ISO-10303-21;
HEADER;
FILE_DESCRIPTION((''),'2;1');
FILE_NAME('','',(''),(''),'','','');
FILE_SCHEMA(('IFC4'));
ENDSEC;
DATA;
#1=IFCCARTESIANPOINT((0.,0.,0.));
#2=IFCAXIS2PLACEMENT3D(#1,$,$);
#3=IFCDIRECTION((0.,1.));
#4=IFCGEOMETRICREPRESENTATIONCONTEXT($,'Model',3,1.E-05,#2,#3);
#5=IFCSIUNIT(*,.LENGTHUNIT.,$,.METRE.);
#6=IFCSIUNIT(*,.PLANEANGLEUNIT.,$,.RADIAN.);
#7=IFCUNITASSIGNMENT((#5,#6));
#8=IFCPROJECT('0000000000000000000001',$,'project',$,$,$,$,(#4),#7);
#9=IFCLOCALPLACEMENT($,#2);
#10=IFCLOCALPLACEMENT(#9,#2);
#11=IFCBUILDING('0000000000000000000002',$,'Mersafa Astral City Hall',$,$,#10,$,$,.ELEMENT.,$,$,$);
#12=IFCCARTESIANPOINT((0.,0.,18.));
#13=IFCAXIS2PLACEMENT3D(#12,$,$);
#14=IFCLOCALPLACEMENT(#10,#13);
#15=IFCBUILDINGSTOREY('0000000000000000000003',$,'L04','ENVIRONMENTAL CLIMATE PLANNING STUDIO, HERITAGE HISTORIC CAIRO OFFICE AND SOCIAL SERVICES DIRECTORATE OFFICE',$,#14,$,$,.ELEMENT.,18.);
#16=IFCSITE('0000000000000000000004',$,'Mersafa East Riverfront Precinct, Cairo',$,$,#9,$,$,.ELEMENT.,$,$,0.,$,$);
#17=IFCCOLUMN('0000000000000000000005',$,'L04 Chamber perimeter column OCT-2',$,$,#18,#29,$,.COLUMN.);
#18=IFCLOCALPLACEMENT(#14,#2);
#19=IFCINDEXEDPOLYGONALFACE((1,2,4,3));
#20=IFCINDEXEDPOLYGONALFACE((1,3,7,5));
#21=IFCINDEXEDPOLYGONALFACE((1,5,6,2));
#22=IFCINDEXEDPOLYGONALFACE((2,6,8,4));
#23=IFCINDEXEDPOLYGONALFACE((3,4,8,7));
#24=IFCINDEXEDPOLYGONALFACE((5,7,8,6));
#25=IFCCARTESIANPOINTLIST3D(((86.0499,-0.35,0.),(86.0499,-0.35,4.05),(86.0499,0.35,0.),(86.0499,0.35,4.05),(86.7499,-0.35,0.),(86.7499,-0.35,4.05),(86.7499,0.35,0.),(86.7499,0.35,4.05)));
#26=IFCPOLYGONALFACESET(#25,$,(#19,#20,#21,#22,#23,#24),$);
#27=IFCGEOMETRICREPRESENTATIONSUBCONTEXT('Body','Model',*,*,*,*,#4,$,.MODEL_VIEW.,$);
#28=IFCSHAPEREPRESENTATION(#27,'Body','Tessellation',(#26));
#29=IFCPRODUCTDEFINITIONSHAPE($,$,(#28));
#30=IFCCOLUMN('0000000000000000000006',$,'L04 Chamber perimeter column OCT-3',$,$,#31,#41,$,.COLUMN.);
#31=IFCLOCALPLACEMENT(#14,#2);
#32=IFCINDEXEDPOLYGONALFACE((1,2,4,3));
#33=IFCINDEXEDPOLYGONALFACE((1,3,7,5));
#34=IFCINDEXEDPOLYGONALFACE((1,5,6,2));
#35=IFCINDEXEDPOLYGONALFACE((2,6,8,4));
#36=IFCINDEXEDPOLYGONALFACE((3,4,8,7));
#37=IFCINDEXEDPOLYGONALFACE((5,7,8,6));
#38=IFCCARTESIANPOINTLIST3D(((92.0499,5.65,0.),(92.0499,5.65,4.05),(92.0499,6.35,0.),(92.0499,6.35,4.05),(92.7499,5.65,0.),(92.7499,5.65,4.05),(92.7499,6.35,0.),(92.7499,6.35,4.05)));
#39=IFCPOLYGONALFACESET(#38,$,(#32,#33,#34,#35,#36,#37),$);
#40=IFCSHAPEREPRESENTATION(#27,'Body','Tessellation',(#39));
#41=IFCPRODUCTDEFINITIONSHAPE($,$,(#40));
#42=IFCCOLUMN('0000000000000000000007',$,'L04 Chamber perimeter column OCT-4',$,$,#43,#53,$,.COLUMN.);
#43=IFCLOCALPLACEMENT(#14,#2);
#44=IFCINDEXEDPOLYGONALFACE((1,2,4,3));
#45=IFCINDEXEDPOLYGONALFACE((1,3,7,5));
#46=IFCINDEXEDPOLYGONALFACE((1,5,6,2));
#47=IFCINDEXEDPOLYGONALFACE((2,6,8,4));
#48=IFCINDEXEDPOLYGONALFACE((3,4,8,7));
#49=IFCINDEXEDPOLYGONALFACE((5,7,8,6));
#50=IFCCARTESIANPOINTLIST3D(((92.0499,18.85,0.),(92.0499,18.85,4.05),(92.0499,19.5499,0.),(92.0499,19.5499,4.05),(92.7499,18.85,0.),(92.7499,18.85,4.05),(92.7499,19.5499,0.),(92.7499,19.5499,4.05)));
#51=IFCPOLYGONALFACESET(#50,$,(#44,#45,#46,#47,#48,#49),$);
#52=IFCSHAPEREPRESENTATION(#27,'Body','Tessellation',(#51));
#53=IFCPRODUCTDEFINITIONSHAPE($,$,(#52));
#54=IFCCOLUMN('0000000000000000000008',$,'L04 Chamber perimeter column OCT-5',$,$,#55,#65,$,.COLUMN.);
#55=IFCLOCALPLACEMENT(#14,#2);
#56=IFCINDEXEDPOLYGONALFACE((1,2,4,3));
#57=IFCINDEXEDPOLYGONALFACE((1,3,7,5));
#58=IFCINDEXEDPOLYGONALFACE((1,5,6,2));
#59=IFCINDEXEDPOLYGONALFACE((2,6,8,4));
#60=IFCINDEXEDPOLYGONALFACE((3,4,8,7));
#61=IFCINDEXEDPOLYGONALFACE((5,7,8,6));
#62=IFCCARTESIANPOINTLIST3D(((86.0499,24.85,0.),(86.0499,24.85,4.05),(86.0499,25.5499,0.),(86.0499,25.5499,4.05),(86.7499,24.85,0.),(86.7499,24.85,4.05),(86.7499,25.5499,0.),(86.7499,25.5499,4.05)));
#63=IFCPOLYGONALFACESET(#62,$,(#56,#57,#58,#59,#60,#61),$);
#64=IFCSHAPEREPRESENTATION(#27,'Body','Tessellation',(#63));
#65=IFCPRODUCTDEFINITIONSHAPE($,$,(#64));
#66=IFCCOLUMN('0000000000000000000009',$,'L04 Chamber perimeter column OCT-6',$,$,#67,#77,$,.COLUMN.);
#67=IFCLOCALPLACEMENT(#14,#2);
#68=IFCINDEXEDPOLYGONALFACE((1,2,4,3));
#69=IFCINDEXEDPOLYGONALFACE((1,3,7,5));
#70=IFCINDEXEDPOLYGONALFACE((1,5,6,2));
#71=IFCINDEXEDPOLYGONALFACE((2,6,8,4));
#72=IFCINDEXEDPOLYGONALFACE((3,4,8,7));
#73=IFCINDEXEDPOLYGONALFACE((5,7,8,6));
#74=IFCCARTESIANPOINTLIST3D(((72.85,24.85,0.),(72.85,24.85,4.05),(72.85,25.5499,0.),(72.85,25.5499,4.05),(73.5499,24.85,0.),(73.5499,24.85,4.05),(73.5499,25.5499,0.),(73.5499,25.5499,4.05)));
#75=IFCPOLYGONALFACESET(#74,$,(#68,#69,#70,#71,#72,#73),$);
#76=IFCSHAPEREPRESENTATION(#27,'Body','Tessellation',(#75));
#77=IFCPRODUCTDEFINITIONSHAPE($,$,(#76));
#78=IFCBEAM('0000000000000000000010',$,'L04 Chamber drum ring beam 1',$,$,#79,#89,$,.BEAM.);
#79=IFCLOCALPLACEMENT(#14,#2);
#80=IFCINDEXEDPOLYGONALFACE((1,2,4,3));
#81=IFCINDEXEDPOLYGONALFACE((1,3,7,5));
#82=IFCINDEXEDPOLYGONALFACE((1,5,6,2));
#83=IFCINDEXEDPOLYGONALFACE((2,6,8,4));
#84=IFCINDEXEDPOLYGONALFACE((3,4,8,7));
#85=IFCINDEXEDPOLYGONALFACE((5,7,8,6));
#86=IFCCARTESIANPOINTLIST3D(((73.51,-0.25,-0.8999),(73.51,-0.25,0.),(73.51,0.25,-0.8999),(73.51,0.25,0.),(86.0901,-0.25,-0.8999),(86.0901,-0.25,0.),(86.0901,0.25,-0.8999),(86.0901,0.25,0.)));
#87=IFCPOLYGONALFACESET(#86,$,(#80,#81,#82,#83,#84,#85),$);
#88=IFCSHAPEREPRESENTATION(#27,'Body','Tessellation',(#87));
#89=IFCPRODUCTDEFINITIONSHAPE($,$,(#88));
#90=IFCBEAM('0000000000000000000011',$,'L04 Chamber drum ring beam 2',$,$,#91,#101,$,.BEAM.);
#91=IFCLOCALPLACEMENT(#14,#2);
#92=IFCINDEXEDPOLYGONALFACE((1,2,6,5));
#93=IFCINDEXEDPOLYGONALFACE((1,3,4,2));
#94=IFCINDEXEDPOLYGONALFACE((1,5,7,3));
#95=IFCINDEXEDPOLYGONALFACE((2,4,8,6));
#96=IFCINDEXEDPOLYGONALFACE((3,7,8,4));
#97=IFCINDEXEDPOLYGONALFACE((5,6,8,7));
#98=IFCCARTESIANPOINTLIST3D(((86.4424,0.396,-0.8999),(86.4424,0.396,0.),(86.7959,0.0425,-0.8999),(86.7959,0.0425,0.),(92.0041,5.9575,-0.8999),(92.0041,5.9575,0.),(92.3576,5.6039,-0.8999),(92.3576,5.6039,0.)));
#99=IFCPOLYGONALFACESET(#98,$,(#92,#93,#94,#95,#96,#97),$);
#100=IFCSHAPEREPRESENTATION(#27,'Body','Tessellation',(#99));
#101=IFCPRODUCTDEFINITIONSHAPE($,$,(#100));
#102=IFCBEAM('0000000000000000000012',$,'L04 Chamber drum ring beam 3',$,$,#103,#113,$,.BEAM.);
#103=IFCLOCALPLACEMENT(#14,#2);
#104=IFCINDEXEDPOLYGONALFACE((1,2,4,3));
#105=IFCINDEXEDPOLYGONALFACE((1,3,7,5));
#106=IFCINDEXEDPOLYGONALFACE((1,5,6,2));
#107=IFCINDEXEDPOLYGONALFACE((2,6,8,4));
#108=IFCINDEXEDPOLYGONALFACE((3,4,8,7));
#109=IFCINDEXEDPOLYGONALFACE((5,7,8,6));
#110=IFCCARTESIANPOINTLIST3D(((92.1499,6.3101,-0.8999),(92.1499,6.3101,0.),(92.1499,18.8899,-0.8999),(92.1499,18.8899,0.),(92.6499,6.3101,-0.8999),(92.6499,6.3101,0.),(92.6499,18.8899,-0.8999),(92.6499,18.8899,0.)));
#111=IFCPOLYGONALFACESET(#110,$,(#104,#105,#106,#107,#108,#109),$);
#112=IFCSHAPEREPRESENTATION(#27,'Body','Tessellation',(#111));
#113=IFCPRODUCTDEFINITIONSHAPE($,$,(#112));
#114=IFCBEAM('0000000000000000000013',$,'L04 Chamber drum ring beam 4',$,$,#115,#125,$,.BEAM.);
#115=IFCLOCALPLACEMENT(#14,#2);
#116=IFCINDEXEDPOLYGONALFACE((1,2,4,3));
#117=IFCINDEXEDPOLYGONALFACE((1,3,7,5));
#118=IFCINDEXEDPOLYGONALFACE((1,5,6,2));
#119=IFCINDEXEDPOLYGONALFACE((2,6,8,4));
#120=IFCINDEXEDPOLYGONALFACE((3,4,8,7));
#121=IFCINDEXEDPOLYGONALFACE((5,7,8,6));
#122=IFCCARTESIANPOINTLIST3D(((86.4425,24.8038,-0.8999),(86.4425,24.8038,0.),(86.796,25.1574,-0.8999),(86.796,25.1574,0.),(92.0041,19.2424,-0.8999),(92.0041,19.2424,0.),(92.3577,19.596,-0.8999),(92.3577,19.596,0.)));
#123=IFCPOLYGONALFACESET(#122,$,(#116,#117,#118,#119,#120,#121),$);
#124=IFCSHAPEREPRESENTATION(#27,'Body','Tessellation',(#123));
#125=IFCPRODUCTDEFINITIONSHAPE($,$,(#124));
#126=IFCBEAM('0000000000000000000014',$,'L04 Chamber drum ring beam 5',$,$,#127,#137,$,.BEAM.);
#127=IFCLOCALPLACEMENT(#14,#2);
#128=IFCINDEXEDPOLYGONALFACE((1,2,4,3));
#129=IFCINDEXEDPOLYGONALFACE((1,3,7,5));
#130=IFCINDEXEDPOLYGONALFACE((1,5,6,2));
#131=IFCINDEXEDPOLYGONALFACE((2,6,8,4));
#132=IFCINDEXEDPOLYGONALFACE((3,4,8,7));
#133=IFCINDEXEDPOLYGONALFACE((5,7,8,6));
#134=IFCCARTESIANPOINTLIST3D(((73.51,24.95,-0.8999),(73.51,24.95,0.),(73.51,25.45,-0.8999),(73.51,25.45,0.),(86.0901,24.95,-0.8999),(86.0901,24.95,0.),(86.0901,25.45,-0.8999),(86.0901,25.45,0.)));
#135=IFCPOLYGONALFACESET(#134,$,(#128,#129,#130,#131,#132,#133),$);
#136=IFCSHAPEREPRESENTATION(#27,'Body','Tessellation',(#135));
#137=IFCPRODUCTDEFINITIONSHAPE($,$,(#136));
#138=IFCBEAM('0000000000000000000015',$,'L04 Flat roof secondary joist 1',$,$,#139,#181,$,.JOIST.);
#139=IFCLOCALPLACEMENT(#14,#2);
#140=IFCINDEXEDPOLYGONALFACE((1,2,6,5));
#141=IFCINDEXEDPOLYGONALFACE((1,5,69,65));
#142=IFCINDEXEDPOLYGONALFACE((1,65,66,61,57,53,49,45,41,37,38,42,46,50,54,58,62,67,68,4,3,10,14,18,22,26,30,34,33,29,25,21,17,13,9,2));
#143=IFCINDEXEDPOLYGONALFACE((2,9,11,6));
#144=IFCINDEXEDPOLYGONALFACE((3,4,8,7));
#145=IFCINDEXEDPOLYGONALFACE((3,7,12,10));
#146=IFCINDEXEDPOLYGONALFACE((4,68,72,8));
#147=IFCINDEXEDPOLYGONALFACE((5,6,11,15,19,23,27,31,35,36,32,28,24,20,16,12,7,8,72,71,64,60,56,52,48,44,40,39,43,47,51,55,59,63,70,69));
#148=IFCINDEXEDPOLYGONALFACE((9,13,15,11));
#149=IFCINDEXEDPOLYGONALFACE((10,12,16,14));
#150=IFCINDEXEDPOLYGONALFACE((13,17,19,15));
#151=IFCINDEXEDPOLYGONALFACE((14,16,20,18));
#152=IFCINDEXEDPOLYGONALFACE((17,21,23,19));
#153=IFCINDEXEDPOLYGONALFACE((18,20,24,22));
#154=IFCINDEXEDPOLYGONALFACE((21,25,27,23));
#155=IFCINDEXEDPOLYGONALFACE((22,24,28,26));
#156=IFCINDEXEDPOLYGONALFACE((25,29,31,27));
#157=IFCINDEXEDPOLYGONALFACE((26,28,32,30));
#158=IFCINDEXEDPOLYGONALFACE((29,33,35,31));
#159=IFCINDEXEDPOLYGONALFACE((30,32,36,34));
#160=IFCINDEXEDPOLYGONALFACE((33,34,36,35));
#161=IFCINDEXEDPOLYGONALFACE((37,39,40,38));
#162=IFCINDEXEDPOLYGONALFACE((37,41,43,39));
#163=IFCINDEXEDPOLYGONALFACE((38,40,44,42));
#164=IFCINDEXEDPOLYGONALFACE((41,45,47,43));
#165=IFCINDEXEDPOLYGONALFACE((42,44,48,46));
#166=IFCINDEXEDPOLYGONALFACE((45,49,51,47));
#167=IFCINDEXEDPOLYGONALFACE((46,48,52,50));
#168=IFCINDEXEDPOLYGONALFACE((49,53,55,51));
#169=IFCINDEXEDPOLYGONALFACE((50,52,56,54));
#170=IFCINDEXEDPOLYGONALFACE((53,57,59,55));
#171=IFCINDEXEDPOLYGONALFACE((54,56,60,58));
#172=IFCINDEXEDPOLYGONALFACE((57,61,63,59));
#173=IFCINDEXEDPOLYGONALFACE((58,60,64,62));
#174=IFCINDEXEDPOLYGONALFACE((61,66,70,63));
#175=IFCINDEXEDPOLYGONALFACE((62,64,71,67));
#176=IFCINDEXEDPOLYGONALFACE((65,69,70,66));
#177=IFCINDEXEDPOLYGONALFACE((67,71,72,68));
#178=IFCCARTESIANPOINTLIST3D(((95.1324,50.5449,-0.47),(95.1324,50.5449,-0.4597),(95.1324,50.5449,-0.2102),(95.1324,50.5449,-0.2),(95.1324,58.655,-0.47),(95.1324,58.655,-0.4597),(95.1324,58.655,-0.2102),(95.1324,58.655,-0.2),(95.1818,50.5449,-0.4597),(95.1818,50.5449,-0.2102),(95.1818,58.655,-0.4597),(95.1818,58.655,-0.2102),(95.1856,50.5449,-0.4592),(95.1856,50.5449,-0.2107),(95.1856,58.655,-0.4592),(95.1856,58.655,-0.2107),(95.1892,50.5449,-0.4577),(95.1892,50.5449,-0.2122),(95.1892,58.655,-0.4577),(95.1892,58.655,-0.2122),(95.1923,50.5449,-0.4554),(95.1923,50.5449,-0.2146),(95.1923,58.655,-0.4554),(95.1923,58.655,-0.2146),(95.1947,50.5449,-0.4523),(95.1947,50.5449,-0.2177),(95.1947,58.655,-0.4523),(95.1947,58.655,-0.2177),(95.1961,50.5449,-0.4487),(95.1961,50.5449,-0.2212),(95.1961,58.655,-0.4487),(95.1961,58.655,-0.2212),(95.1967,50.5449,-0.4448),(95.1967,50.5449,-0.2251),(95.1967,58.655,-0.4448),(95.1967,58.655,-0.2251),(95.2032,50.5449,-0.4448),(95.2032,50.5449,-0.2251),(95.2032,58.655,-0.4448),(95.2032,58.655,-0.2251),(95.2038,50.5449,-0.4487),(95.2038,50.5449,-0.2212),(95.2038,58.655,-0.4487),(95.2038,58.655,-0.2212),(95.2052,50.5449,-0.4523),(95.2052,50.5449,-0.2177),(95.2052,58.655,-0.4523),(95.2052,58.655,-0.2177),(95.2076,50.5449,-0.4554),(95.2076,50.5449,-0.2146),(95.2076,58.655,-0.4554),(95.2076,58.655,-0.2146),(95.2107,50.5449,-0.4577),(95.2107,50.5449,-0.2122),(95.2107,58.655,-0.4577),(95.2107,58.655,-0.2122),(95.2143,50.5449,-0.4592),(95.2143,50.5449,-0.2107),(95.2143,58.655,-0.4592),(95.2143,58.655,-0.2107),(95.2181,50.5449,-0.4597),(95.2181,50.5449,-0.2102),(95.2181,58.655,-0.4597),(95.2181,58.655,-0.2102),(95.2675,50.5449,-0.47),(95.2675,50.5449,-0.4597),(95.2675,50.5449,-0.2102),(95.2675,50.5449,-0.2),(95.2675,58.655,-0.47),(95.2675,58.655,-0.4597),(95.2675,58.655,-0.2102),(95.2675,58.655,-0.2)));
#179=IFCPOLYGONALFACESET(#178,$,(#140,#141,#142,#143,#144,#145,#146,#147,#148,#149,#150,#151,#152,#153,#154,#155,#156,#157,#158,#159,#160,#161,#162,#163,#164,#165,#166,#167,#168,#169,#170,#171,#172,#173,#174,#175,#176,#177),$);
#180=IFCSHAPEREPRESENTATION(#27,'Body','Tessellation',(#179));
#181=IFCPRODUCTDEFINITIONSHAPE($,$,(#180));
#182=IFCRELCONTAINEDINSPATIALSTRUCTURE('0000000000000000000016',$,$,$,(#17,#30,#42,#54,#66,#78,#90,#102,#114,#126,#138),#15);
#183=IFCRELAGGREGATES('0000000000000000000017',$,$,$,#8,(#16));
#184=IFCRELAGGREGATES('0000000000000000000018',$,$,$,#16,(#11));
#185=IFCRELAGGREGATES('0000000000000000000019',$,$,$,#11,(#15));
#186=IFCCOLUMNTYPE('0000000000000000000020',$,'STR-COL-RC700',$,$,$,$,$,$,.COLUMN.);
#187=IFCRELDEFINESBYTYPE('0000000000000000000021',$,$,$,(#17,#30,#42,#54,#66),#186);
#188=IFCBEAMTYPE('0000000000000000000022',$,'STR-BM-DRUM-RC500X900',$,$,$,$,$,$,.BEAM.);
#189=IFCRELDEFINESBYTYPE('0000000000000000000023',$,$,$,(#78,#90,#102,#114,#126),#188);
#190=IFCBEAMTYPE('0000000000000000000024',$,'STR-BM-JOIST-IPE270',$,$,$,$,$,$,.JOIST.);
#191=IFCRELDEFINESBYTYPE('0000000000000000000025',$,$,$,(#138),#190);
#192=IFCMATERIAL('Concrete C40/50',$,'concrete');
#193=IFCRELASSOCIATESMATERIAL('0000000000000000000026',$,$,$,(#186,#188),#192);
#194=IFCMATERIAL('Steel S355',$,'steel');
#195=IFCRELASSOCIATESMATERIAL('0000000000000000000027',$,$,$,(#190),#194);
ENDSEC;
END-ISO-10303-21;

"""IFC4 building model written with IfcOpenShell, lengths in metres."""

from ifc_helpers import new_model, si_unit, direction, frame, origin, origin_2d, place, context, subcontext, project, spatial, rectangle, i_section, extrude, material, material_profile, profile_set, type_object, element, save


model = new_model("IFC4")

# Units and contexts
model_context = context("Model", 3, precision=1e-05, world=origin(), true_north=direction((0.0, 1.0)))
body_context = subcontext(model_context, "Body", "Model", "MODEL_VIEW")
ifc_project = project(units=[si_unit("LENGTHUNIT", "METRE"), si_unit("PLANEANGLEUNIT", "RADIAN")], contexts=[model_context])

# Site, building, storey
site_placement = place(None, origin())
site = spatial("IfcSite", under=ifc_project, at=site_placement, Name="Mersafa East Riverfront Precinct, Cairo", CompositionType="ELEMENT", RefElevation=0.0)
building_placement = place(site_placement, origin())
building = spatial("IfcBuilding", under=site, at=building_placement, Name="Mersafa Astral City Hall", CompositionType="ELEMENT")
storey_placement = place(building_placement, frame((0.0, 0.0, 18.0)))
storey = spatial("IfcBuildingStorey", under=building, at=storey_placement, Name="L04", Description="ENVIRONMENTAL CLIMATE PLANNING STUDIO, HERITAGE HISTORIC CAIRO OFFICE AND SOCIAL SERVICES DIRECTORATE OFFICE", CompositionType="ELEMENT", Elevation=18.0)

# Columns
ifc_material_1 = material(Name="Concrete C40/50", Category="concrete")
ifc_material_profile_1 = material_profile(ifc_material_1, rectangle(XDim=0.7, YDim=0.7, at=origin_2d()), Name="RC 700x700")
ifc_profile_set_1 = profile_set([ifc_material_profile_1], Name="Concrete C40/50")
column_type = type_object("IfcColumnType", Name="STR-COL-RC700", PredefinedType="COLUMN", material=ifc_profile_set_1)
for number, where, z_axis, x_axis, name in (
    (1, (86.3999, 0.0, 0.0), (0.0, 0.0, 1.0), (1.0, 0.0, 0.0), "L04 Chamber perimeter column OCT-2"),
    (2, (92.3999, 6.0, 0.0), (0.0, 0.0, 1.0), (1.0, 0.0, 0.0), "L04 Chamber perimeter column OCT-3"),
    (3, (92.3999, 19.2, 0.0), (0.0, 0.0, 1.0), (1.0, 0.0, 0.0), "L04 Chamber perimeter column OCT-4"),
    (4, (86.3999, 25.2, 0.0), (0.0, 0.0, 1.0), (1.0, 0.0, 0.0), "L04 Chamber perimeter column OCT-5"),
    (5, (73.2, 25.2, 0.0), (0.0, 0.0, 1.0), (1.0, 0.0, 0.0), "L04 Chamber perimeter column OCT-6"),
):
    element("IfcColumn", number, at=place(storey_placement, frame(where, z_axis=z_axis, x_axis=x_axis)), inside=storey, type_object=column_type, Name=name, PredefinedType="COLUMN", context=body_context, shape_type="SweptSolid", body=[
        extrude(rectangle(XDim=0.7, YDim=0.7, at=origin_2d()), origin(), (0.0, 0.0, 1.0), 4.05),
    ])

# Beams
ifc_material_profile_2 = material_profile(ifc_material_1, rectangle(XDim=0.5, YDim=0.8999, at=origin_2d()), Name="RC 500x900")
ifc_profile_set_2 = profile_set([ifc_material_profile_2], Name="Concrete C40/50")
beam_type_1 = type_object("IfcBeamType", Name="STR-BM-DRUM-RC500X900", PredefinedType="BEAM", material=ifc_profile_set_2)
beam_1_placement = place(storey_placement, frame((73.51, 0.0, -0.45), z_axis=(1.0, 0.0, 0.0), x_axis=(0.0, 1.0, 0.0)))
element("IfcBeam", 6, at=beam_1_placement, inside=storey, type_object=beam_type_1, Name="L04 Chamber drum ring beam 1", PredefinedType="BEAM", context=body_context, shape_type="SweptSolid", body=[
    extrude(rectangle(XDim=0.5, YDim=0.8999, at=origin_2d()), origin(), (0.0, 0.0, 1.0), 12.5801),
])
beam_2_placement = place(storey_placement, frame((86.6191, 0.2192, -0.45), z_axis=(0.707122, 0.707091, 0.0), x_axis=(-0.707091, 0.707122, 0.0)))
element("IfcBeam", 7, at=beam_2_placement, inside=storey, type_object=beam_type_1, Name="L04 Chamber drum ring beam 2", PredefinedType="BEAM", context=body_context, shape_type="SweptSolid", body=[
    extrude(rectangle(XDim=0.5, YDim=0.8999, at=origin_2d()), origin(), (0.0, 0.0, 1.0), 7.8652),
])
beam_3_placement = place(storey_placement, frame((92.3999, 6.3101, -0.45), z_axis=(0.0, 1.0, 0.0), x_axis=(-1.0, 0.0, 0.0)))
element("IfcBeam", 8, at=beam_3_placement, inside=storey, type_object=beam_type_1, Name="L04 Chamber drum ring beam 3", PredefinedType="BEAM", context=body_context, shape_type="SweptSolid", body=[
    extrude(rectangle(XDim=0.5, YDim=0.8999, at=origin_2d()), origin(), (0.0, 0.0, 1.0), 12.5798),
])
beam_4_placement = place(storey_placement, frame((92.1809, 19.4192, -0.45), z_axis=(-0.707122, 0.707091, 0.0), x_axis=(-0.707091, -0.707122, 0.0)))
element("IfcBeam", 9, at=beam_4_placement, inside=storey, type_object=beam_type_1, Name="L04 Chamber drum ring beam 4", PredefinedType="BEAM", context=body_context, shape_type="SweptSolid", body=[
    extrude(rectangle(XDim=0.5, YDim=0.8999, at=origin_2d()), origin(), (0.0, 0.0, 1.0), 7.8652),
])
beam_5_placement = place(storey_placement, frame((86.0901, 25.2, -0.45), z_axis=(-1.0, 0.0, 0.0), x_axis=(0.0, -1.0, 0.0)))
element("IfcBeam", 10, at=beam_5_placement, inside=storey, type_object=beam_type_1, Name="L04 Chamber drum ring beam 5", PredefinedType="BEAM", context=body_context, shape_type="SweptSolid", body=[
    extrude(rectangle(XDim=0.5, YDim=0.8999, at=origin_2d()), origin(), (0.0, 0.0, 1.0), 12.5801),
])
ifc_material_2 = material(Name="Steel S355", Category="steel")
ifc_material_profile_3 = material_profile(ifc_material_2, i_section(OverallWidth=0.135, OverallDepth=0.27, WebThickness=0.0066, FlangeThickness=0.0103, FilletRadius=0.0149, at=origin_2d()), Name="IPE 270")
ifc_profile_set_3 = profile_set([ifc_material_profile_3], Name="Steel S355")
beam_type_2 = type_object("IfcBeamType", Name="STR-BM-JOIST-IPE270", PredefinedType="JOIST", material=ifc_profile_set_3)
for number, where, z_axis, x_axis, name in (
    (11, (95.2, 50.5449, -0.335), (0.0, 1.0, 0.0), (-1.0, 0.0, 0.0), "L04 Flat roof secondary joist 1"),
):
    element("IfcBeam", number, at=place(storey_placement, frame(where, z_axis=z_axis, x_axis=x_axis)), inside=storey, type_object=beam_type_2, Name=name, PredefinedType="JOIST", context=body_context, shape_type="SweptSolid", body=[
        extrude(i_section(OverallWidth=0.135, OverallDepth=0.27, WebThickness=0.0066, FlangeThickness=0.0103, FilletRadius=0.0149, at=origin_2d()), origin(), (0.0, 0.0, 1.0), 8.1101),
    ])

save(model, "model.ifc")
